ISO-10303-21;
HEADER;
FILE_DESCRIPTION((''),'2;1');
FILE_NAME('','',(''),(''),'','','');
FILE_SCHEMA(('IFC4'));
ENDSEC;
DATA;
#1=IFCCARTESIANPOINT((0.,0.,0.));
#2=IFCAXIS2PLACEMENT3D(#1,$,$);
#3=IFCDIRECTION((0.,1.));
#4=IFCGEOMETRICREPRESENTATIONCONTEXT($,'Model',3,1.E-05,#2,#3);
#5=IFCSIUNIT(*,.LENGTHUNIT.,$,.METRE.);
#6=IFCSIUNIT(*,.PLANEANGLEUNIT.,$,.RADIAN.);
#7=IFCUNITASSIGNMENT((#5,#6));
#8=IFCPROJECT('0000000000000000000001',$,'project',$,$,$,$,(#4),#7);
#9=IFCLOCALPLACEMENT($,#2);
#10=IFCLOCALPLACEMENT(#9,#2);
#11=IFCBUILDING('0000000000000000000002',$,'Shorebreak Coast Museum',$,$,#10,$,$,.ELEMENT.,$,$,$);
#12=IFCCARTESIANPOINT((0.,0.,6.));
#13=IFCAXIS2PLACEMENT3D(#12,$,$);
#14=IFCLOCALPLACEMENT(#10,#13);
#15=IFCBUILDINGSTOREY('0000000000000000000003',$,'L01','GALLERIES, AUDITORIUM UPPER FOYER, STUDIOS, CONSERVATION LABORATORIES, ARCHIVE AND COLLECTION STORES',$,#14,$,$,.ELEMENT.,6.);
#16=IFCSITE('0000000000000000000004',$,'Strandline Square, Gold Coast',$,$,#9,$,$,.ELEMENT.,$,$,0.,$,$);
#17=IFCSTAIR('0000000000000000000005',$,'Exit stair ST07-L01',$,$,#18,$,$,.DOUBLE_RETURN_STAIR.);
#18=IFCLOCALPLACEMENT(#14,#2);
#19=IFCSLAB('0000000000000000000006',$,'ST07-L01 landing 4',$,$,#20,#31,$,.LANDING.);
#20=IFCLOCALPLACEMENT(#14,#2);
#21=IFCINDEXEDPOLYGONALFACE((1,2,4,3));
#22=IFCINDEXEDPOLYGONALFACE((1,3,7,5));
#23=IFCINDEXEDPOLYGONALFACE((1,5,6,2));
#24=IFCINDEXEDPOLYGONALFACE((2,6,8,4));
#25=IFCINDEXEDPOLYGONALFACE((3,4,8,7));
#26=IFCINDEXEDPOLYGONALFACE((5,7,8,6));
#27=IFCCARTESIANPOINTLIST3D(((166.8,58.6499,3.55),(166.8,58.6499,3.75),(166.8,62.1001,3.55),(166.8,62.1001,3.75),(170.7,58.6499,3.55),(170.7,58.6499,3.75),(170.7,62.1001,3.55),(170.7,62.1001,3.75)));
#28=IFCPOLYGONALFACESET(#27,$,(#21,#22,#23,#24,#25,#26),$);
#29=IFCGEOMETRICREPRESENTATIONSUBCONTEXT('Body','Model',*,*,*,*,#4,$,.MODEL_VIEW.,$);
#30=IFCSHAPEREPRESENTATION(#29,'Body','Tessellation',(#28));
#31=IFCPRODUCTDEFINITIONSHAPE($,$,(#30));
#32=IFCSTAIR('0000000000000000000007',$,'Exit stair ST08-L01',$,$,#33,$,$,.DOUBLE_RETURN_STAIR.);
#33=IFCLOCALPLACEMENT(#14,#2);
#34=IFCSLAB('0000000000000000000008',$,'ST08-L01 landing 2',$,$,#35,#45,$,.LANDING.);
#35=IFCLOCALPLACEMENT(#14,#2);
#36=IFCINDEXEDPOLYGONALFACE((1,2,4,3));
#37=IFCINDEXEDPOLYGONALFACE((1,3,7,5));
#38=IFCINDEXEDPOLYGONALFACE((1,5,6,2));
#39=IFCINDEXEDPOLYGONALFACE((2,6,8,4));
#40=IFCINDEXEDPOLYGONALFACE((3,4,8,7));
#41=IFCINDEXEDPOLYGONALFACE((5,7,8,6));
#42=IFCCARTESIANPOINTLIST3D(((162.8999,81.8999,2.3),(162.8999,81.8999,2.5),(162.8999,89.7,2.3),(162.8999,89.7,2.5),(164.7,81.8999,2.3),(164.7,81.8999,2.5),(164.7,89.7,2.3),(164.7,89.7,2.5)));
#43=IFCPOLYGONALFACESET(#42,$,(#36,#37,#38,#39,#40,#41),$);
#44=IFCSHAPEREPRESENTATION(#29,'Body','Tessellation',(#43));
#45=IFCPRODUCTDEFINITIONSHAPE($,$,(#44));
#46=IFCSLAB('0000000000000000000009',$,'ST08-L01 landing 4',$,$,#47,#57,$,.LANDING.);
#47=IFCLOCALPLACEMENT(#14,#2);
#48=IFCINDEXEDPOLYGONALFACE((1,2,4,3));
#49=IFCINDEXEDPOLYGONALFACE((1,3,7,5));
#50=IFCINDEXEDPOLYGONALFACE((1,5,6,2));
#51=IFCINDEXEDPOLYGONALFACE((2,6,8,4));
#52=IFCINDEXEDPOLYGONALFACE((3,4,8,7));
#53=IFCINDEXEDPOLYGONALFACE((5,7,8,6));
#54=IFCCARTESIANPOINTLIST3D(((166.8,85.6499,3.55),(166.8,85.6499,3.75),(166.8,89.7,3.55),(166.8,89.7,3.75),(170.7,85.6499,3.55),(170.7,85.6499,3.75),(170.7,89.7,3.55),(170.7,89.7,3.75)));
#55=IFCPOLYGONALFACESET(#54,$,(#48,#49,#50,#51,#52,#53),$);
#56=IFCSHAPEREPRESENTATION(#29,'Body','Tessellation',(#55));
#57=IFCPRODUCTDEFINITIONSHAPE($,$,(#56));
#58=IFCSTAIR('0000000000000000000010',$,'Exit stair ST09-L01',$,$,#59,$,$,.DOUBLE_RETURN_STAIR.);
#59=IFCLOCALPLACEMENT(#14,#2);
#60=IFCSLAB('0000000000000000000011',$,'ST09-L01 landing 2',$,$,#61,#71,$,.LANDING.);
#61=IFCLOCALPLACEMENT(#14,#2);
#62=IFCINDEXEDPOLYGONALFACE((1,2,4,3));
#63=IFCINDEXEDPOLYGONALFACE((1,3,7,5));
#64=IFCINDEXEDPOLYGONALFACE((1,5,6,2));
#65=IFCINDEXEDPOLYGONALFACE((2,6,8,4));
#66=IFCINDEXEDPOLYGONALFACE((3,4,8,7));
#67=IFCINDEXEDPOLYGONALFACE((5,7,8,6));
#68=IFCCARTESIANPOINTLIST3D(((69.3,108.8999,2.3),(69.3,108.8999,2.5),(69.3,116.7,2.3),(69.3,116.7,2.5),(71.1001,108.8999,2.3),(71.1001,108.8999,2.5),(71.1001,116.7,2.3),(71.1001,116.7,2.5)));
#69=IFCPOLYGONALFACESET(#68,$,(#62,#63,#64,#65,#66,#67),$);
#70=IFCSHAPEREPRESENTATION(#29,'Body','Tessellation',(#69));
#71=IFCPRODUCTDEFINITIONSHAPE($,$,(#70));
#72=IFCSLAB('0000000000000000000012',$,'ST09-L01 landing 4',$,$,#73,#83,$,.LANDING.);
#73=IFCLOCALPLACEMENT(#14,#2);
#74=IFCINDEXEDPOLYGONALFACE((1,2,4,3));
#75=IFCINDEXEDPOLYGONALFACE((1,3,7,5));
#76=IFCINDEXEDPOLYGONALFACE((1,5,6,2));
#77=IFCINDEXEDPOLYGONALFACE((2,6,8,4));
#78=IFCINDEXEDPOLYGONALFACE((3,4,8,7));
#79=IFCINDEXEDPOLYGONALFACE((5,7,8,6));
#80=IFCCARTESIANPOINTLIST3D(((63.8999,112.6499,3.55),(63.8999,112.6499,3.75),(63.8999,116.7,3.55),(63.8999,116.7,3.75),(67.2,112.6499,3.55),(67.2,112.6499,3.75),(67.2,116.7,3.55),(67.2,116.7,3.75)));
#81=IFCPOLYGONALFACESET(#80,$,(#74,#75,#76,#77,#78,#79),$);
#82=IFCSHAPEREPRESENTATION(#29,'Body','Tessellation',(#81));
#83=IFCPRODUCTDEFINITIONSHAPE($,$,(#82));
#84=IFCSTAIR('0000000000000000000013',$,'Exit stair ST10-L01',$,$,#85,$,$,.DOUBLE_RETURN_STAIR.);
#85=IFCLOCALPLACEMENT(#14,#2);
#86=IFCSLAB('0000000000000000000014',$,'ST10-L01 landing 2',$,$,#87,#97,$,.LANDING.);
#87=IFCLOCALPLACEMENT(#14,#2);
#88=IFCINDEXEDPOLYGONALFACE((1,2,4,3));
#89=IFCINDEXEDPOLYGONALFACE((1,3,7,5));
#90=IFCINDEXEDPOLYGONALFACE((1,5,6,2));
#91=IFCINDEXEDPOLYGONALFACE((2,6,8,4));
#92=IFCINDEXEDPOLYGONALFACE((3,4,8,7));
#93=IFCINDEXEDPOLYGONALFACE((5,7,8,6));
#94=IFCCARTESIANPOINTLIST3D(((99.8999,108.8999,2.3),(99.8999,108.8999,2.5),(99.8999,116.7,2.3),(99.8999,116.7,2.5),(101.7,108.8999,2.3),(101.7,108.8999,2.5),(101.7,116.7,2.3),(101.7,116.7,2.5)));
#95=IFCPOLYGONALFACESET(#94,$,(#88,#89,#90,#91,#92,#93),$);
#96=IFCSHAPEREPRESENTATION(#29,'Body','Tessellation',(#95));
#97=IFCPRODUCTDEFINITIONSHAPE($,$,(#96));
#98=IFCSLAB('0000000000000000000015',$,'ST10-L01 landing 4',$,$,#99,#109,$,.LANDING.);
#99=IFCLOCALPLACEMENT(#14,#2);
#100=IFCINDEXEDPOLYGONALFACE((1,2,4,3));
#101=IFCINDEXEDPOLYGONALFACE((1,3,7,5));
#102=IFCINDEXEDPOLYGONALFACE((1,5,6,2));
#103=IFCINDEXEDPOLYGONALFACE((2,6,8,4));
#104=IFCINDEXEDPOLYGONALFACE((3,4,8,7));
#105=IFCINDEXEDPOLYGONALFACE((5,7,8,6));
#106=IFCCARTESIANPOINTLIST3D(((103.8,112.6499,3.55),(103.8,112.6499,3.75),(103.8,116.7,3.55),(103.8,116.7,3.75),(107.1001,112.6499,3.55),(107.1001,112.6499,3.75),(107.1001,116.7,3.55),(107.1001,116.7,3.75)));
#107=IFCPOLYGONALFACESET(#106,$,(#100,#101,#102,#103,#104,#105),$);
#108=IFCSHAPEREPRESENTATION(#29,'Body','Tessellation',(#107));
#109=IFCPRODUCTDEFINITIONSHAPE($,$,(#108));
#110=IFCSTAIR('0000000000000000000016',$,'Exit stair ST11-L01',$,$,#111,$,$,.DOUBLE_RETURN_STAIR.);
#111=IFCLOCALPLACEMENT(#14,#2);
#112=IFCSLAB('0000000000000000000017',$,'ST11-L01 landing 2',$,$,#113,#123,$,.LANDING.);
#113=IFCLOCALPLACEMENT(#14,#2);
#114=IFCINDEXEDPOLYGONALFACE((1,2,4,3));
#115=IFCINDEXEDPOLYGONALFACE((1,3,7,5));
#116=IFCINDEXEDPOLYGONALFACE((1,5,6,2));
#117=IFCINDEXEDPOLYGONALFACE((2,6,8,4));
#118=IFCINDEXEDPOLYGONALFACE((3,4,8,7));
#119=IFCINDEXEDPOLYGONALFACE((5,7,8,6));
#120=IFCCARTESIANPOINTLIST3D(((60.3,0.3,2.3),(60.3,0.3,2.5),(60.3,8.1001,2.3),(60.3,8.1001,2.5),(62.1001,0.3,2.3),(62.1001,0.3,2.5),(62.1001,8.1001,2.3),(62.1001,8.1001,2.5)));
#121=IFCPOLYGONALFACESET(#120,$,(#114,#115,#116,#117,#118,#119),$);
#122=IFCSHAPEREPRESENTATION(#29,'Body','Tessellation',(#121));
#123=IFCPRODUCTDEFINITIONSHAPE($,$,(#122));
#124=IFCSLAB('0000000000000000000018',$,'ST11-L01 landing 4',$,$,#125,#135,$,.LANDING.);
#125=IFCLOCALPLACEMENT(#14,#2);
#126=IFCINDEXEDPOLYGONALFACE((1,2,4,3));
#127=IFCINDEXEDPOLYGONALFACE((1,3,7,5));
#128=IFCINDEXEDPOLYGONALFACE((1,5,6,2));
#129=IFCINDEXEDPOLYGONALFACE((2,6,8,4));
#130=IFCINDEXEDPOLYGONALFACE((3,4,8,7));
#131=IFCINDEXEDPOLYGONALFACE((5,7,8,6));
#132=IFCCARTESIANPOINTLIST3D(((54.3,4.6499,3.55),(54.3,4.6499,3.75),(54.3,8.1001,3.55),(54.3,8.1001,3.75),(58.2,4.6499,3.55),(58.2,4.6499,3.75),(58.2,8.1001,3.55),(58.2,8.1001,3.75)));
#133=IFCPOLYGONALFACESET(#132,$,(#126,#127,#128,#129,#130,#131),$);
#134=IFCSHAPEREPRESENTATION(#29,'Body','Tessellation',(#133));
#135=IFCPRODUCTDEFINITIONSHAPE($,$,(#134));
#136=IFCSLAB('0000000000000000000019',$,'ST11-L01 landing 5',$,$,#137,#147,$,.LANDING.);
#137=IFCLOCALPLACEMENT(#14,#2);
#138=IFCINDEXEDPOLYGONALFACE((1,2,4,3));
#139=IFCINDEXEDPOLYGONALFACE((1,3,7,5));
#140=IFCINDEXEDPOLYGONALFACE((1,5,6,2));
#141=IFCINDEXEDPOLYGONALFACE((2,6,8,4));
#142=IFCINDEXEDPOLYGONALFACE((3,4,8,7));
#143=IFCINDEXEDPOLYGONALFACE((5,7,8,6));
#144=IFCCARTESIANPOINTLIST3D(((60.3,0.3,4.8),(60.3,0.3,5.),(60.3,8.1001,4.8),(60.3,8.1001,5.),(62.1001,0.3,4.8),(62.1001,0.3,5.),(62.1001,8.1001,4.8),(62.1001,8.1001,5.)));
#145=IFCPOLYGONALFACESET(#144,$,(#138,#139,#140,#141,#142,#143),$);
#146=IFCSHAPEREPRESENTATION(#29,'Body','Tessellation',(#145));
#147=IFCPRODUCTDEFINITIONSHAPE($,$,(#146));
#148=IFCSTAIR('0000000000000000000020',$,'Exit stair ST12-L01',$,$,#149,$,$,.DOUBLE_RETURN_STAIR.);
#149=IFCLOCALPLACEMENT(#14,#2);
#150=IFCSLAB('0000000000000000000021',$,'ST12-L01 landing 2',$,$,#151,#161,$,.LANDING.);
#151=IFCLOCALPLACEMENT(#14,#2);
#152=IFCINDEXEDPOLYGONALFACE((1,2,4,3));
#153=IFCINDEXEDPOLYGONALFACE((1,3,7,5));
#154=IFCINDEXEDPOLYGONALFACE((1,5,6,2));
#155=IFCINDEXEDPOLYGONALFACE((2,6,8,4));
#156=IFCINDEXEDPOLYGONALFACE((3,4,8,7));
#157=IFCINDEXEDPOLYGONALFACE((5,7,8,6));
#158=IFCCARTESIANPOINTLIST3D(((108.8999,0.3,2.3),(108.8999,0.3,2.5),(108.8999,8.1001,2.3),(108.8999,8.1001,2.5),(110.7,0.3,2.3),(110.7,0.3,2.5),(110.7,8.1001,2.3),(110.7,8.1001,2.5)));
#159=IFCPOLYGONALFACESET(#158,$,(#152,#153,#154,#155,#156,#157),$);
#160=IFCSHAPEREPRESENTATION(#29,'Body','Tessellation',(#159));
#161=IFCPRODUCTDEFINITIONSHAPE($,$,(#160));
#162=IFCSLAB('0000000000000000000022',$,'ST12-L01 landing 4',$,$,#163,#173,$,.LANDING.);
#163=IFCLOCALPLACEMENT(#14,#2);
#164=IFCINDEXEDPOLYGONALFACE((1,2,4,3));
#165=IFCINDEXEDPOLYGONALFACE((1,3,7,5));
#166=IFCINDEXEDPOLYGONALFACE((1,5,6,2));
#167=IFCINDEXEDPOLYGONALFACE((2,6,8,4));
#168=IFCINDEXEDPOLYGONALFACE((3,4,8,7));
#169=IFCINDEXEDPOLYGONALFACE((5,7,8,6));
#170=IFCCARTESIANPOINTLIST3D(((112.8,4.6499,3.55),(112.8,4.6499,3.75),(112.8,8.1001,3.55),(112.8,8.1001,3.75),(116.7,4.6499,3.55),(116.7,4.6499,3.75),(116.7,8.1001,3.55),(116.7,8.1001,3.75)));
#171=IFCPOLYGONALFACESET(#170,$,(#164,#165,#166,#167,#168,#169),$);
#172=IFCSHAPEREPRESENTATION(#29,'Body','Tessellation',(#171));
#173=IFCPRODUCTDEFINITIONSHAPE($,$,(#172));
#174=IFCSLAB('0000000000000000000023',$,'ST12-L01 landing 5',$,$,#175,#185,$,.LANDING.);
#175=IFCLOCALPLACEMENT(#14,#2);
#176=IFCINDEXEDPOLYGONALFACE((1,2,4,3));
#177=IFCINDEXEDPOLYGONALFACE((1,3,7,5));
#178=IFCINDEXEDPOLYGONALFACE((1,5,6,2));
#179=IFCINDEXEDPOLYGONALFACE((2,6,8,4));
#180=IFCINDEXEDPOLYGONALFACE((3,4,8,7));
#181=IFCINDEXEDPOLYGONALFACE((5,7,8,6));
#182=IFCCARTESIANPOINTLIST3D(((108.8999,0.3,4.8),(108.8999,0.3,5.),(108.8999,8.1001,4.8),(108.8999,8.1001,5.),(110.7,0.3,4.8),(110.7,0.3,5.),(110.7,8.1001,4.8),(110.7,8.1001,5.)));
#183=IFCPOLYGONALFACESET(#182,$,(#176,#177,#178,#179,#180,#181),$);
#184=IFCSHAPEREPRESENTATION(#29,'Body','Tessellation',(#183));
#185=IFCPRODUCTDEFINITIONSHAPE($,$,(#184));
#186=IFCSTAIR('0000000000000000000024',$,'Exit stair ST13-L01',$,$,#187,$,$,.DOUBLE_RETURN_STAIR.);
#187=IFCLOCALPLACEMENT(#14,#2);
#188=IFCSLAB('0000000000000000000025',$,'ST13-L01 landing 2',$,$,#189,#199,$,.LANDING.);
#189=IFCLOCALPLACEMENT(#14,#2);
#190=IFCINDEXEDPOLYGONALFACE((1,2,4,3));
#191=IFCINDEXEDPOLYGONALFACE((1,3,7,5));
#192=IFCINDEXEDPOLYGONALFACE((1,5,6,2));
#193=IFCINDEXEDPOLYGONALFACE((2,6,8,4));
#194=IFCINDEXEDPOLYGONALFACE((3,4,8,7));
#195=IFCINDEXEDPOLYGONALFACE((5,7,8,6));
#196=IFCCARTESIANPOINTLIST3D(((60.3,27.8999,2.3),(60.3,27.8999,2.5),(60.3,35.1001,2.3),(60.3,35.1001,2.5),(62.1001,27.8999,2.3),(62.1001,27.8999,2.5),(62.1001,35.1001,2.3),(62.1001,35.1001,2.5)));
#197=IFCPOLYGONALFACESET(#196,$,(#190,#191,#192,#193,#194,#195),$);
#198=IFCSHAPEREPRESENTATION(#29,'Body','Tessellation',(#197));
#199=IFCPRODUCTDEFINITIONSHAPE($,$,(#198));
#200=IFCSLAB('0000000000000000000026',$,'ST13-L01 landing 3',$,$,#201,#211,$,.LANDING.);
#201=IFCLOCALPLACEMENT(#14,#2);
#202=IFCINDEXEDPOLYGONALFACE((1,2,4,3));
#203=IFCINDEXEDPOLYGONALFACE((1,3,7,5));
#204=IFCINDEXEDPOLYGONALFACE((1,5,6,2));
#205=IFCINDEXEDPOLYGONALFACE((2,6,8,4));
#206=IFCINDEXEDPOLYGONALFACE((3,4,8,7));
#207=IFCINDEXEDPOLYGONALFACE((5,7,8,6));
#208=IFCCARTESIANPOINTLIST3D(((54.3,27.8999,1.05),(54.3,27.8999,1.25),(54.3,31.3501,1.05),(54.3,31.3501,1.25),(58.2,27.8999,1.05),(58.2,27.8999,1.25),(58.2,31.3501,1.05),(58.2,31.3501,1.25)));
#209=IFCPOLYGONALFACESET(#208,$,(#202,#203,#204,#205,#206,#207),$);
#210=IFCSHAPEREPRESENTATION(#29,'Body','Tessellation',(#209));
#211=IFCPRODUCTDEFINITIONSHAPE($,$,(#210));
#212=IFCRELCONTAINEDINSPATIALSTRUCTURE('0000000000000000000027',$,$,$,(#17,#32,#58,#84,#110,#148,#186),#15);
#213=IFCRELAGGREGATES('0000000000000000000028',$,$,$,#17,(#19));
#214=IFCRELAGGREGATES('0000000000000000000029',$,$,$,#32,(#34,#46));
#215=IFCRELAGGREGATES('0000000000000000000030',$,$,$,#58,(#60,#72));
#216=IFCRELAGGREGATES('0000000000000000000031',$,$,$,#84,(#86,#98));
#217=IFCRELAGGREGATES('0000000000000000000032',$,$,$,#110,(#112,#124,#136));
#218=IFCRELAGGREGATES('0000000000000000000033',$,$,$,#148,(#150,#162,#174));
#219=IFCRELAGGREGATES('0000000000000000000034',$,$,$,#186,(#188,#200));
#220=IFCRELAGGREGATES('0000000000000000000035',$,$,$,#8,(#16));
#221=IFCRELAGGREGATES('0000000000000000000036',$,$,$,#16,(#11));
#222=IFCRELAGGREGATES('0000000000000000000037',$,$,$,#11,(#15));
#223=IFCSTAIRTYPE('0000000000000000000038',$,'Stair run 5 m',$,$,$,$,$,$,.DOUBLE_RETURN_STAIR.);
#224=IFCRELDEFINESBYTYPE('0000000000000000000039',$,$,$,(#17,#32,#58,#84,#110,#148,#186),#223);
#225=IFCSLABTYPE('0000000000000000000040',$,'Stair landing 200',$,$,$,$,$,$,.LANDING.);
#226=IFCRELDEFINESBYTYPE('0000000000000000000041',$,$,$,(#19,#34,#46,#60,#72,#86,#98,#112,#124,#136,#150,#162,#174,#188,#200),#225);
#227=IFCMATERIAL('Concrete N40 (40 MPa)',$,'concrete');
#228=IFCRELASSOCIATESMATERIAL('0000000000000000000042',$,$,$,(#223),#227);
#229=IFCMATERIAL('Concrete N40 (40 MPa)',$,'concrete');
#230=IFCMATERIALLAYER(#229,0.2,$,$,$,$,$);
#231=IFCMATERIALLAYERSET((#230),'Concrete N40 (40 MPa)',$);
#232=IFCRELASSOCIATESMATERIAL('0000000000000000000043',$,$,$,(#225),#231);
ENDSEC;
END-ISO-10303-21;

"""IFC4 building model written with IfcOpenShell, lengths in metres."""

from ifc_helpers import new_model, si_unit, direction, frame, origin, place, context, subcontext, project, spatial, polyline, outline, extrude, material, layer, layer_set, type_object, element, aggregate, save


model = new_model("IFC4")

# Units and contexts
model_context = context("Model", 3, precision=1e-05, world=origin(), true_north=direction((0.0, 1.0)))
body_context = subcontext(model_context, "Body", "Model", "MODEL_VIEW")
ifc_project = project(units=[si_unit("LENGTHUNIT", "METRE"), si_unit("PLANEANGLEUNIT", "RADIAN")], contexts=[model_context])

# Site, building, storey
site_placement = place(None, origin())
site = spatial("IfcSite", under=ifc_project, at=site_placement, Name="Strandline Square, Gold Coast", CompositionType="ELEMENT", RefElevation=0.0)
building_placement = place(site_placement, origin())
building = spatial("IfcBuilding", under=site, at=building_placement, Name="Shorebreak Coast Museum", CompositionType="ELEMENT")
storey_placement = place(building_placement, frame((0.0, 0.0, 6.0)))
storey = spatial("IfcBuildingStorey", under=building, at=storey_placement, Name="L01", Description="GALLERIES, AUDITORIUM UPPER FOYER, STUDIOS, CONSERVATION LABORATORIES, ARCHIVE AND COLLECTION STORES", CompositionType="ELEMENT", Elevation=6.0)

# Stairs, slabs
ifc_material_1 = material(Name="Concrete N40 (40 MPa)", Category="concrete")
stair_type = type_object("IfcStairType", Name="Stair run 5 m", PredefinedType="DOUBLE_RETURN_STAIR", material=ifc_material_1)
ifc_material_2 = material(Name="Concrete N40 (40 MPa)", Category="concrete")
ifc_layer = layer(ifc_material_2, 0.2)
ifc_layer_set = layer_set([ifc_layer], Name="Concrete N40 (40 MPa)")
slab_type = type_object("IfcSlabType", Name="Stair landing 200", PredefinedType="LANDING", material=ifc_layer_set)
stair_1_placement = place(storey_placement, origin())
stair_1 = element("IfcStair", 1, at=stair_1_placement, inside=storey, type_object=stair_type, Name="Exit stair ST07-L01", PredefinedType="DOUBLE_RETURN_STAIR")
slab_1_placement = place(storey_placement, frame((0.0, 0.0, 3.55)))
slab_1 = element("IfcSlab", 2, at=slab_1_placement, type_object=slab_type, Name="ST07-L01 landing 4", PredefinedType="LANDING", context=body_context, shape_type="SweptSolid", body=[
    extrude(outline(polyline([(166.8, 58.6499), (170.7, 58.6499), (170.7, 62.1001), (166.8, 62.1001), (166.8, 58.6499)])), origin(), (0.0, 0.0, 1.0), 0.2),
])
aggregate(stair_1, [slab_1])
stair_2_placement = place(storey_placement, origin())
stair_2 = element("IfcStair", 3, at=stair_2_placement, inside=storey, type_object=stair_type, Name="Exit stair ST08-L01", PredefinedType="DOUBLE_RETURN_STAIR")
slab_2_placement = place(storey_placement, frame((0.0, 0.0, 2.3)))
slab_2 = element("IfcSlab", 4, at=slab_2_placement, type_object=slab_type, Name="ST08-L01 landing 2", PredefinedType="LANDING", context=body_context, shape_type="SweptSolid", body=[
    extrude(outline(polyline([(162.8999, 81.8999), (164.7, 81.8999), (164.7, 89.7), (162.8999, 89.7), (162.8999, 81.8999)])), origin(), (0.0, 0.0, 1.0), 0.2),
])
slab_3_placement = place(storey_placement, frame((0.0, 0.0, 3.55)))
slab_3 = element("IfcSlab", 5, at=slab_3_placement, type_object=slab_type, Name="ST08-L01 landing 4", PredefinedType="LANDING", context=body_context, shape_type="SweptSolid", body=[
    extrude(outline(polyline([(166.8, 85.6499), (170.7, 85.6499), (170.7, 89.7), (166.8, 89.7), (166.8, 85.6499)])), origin(), (0.0, 0.0, 1.0), 0.2),
])
aggregate(stair_2, [slab_2, slab_3])
stair_3_placement = place(storey_placement, origin())
stair_3 = element("IfcStair", 6, at=stair_3_placement, inside=storey, type_object=stair_type, Name="Exit stair ST09-L01", PredefinedType="DOUBLE_RETURN_STAIR")
slab_4_placement = place(storey_placement, frame((0.0, 0.0, 2.3)))
slab_4 = element("IfcSlab", 7, at=slab_4_placement, type_object=slab_type, Name="ST09-L01 landing 2", PredefinedType="LANDING", context=body_context, shape_type="SweptSolid", body=[
    extrude(outline(polyline([(69.3, 108.8999), (71.1001, 108.8999), (71.1001, 116.7), (69.3, 116.7), (69.3, 108.8999)])), origin(), (0.0, 0.0, 1.0), 0.2),
])
slab_5_placement = place(storey_placement, frame((0.0, 0.0, 3.55)))
slab_5 = element("IfcSlab", 8, at=slab_5_placement, type_object=slab_type, Name="ST09-L01 landing 4", PredefinedType="LANDING", context=body_context, shape_type="SweptSolid", body=[
    extrude(outline(polyline([(63.8999, 112.6499), (67.2, 112.6499), (67.2, 116.7), (63.8999, 116.7), (63.8999, 112.6499)])), origin(), (0.0, 0.0, 1.0), 0.2),
])
aggregate(stair_3, [slab_4, slab_5])
stair_4_placement = place(storey_placement, origin())
stair_4 = element("IfcStair", 9, at=stair_4_placement, inside=storey, type_object=stair_type, Name="Exit stair ST10-L01", PredefinedType="DOUBLE_RETURN_STAIR")
slab_6_placement = place(storey_placement, frame((0.0, 0.0, 2.3)))
slab_6 = element("IfcSlab", 10, at=slab_6_placement, type_object=slab_type, Name="ST10-L01 landing 2", PredefinedType="LANDING", context=body_context, shape_type="SweptSolid", body=[
    extrude(outline(polyline([(99.8999, 108.8999), (101.7, 108.8999), (101.7, 116.7), (99.8999, 116.7), (99.8999, 108.8999)])), origin(), (0.0, 0.0, 1.0), 0.2),
])
slab_7_placement = place(storey_placement, frame((0.0, 0.0, 3.55)))
slab_7 = element("IfcSlab", 11, at=slab_7_placement, type_object=slab_type, Name="ST10-L01 landing 4", PredefinedType="LANDING", context=body_context, shape_type="SweptSolid", body=[
    extrude(outline(polyline([(103.8, 112.6499), (107.1001, 112.6499), (107.1001, 116.7), (103.8, 116.7), (103.8, 112.6499)])), origin(), (0.0, 0.0, 1.0), 0.2),
])
aggregate(stair_4, [slab_6, slab_7])
stair_5_placement = place(storey_placement, origin())
stair_5 = element("IfcStair", 12, at=stair_5_placement, inside=storey, type_object=stair_type, Name="Exit stair ST11-L01", PredefinedType="DOUBLE_RETURN_STAIR")
slab_8_placement = place(storey_placement, frame((0.0, 0.0, 2.3)))
slab_8 = element("IfcSlab", 13, at=slab_8_placement, type_object=slab_type, Name="ST11-L01 landing 2", PredefinedType="LANDING", context=body_context, shape_type="SweptSolid", body=[
    extrude(outline(polyline([(60.3, 0.3), (62.1001, 0.3), (62.1001, 8.1001), (60.3, 8.1001), (60.3, 0.3)])), origin(), (0.0, 0.0, 1.0), 0.2),
])
slab_9_placement = place(storey_placement, frame((0.0, 0.0, 3.55)))
slab_9 = element("IfcSlab", 14, at=slab_9_placement, type_object=slab_type, Name="ST11-L01 landing 4", PredefinedType="LANDING", context=body_context, shape_type="SweptSolid", body=[
    extrude(outline(polyline([(54.3, 4.6499), (58.2, 4.6499), (58.2, 8.1001), (54.3, 8.1001), (54.3, 4.6499)])), origin(), (0.0, 0.0, 1.0), 0.2),
])
slab_10_placement = place(storey_placement, frame((0.0, 0.0, 4.8)))
slab_10 = element("IfcSlab", 15, at=slab_10_placement, type_object=slab_type, Name="ST11-L01 landing 5", PredefinedType="LANDING", context=body_context, shape_type="SweptSolid", body=[
    extrude(outline(polyline([(60.3, 0.3), (62.1001, 0.3), (62.1001, 8.1001), (60.3, 8.1001), (60.3, 0.3)])), origin(), (0.0, 0.0, 1.0), 0.2),
])
aggregate(stair_5, [slab_8, slab_9, slab_10])
stair_6_placement = place(storey_placement, origin())
stair_6 = element("IfcStair", 16, at=stair_6_placement, inside=storey, type_object=stair_type, Name="Exit stair ST12-L01", PredefinedType="DOUBLE_RETURN_STAIR")
slab_11_placement = place(storey_placement, frame((0.0, 0.0, 2.3)))
slab_11 = element("IfcSlab", 17, at=slab_11_placement, type_object=slab_type, Name="ST12-L01 landing 2", PredefinedType="LANDING", context=body_context, shape_type="SweptSolid", body=[
    extrude(outline(polyline([(108.8999, 0.3), (110.7, 0.3), (110.7, 8.1001), (108.8999, 8.1001), (108.8999, 0.3)])), origin(), (0.0, 0.0, 1.0), 0.2),
])
slab_12_placement = place(storey_placement, frame((0.0, 0.0, 3.55)))
slab_12 = element("IfcSlab", 18, at=slab_12_placement, type_object=slab_type, Name="ST12-L01 landing 4", PredefinedType="LANDING", context=body_context, shape_type="SweptSolid", body=[
    extrude(outline(polyline([(112.8, 4.6499), (116.7, 4.6499), (116.7, 8.1001), (112.8, 8.1001), (112.8, 4.6499)])), origin(), (0.0, 0.0, 1.0), 0.2),
])
slab_13_placement = place(storey_placement, frame((0.0, 0.0, 4.8)))
slab_13 = element("IfcSlab", 19, at=slab_13_placement, type_object=slab_type, Name="ST12-L01 landing 5", PredefinedType="LANDING", context=body_context, shape_type="SweptSolid", body=[
    extrude(outline(polyline([(108.8999, 0.3), (110.7, 0.3), (110.7, 8.1001), (108.8999, 8.1001), (108.8999, 0.3)])), origin(), (0.0, 0.0, 1.0), 0.2),
])
aggregate(stair_6, [slab_11, slab_12, slab_13])
stair_7_placement = place(storey_placement, origin())
stair_7 = element("IfcStair", 20, at=stair_7_placement, inside=storey, type_object=stair_type, Name="Exit stair ST13-L01", PredefinedType="DOUBLE_RETURN_STAIR")
slab_14_placement = place(storey_placement, frame((0.0, 0.0, 2.3)))
slab_14 = element("IfcSlab", 21, at=slab_14_placement, type_object=slab_type, Name="ST13-L01 landing 2", PredefinedType="LANDING", context=body_context, shape_type="SweptSolid", body=[
    extrude(outline(polyline([(60.3, 27.8999), (62.1001, 27.8999), (62.1001, 35.1001), (60.3, 35.1001), (60.3, 27.8999)])), origin(), (0.0, 0.0, 1.0), 0.2),
])
slab_15_placement = place(storey_placement, frame((0.0, 0.0, 1.05)))
slab_15 = element("IfcSlab", 22, at=slab_15_placement, type_object=slab_type, Name="ST13-L01 landing 3", PredefinedType="LANDING", context=body_context, shape_type="SweptSolid", body=[
    extrude(outline(polyline([(54.3, 27.8999), (58.2, 27.8999), (58.2, 31.3501), (54.3, 31.3501), (54.3, 27.8999)])), origin(), (0.0, 0.0, 1.0), 0.2),
])
aggregate(stair_7, [slab_14, slab_15])

save(model, "model.ifc")
